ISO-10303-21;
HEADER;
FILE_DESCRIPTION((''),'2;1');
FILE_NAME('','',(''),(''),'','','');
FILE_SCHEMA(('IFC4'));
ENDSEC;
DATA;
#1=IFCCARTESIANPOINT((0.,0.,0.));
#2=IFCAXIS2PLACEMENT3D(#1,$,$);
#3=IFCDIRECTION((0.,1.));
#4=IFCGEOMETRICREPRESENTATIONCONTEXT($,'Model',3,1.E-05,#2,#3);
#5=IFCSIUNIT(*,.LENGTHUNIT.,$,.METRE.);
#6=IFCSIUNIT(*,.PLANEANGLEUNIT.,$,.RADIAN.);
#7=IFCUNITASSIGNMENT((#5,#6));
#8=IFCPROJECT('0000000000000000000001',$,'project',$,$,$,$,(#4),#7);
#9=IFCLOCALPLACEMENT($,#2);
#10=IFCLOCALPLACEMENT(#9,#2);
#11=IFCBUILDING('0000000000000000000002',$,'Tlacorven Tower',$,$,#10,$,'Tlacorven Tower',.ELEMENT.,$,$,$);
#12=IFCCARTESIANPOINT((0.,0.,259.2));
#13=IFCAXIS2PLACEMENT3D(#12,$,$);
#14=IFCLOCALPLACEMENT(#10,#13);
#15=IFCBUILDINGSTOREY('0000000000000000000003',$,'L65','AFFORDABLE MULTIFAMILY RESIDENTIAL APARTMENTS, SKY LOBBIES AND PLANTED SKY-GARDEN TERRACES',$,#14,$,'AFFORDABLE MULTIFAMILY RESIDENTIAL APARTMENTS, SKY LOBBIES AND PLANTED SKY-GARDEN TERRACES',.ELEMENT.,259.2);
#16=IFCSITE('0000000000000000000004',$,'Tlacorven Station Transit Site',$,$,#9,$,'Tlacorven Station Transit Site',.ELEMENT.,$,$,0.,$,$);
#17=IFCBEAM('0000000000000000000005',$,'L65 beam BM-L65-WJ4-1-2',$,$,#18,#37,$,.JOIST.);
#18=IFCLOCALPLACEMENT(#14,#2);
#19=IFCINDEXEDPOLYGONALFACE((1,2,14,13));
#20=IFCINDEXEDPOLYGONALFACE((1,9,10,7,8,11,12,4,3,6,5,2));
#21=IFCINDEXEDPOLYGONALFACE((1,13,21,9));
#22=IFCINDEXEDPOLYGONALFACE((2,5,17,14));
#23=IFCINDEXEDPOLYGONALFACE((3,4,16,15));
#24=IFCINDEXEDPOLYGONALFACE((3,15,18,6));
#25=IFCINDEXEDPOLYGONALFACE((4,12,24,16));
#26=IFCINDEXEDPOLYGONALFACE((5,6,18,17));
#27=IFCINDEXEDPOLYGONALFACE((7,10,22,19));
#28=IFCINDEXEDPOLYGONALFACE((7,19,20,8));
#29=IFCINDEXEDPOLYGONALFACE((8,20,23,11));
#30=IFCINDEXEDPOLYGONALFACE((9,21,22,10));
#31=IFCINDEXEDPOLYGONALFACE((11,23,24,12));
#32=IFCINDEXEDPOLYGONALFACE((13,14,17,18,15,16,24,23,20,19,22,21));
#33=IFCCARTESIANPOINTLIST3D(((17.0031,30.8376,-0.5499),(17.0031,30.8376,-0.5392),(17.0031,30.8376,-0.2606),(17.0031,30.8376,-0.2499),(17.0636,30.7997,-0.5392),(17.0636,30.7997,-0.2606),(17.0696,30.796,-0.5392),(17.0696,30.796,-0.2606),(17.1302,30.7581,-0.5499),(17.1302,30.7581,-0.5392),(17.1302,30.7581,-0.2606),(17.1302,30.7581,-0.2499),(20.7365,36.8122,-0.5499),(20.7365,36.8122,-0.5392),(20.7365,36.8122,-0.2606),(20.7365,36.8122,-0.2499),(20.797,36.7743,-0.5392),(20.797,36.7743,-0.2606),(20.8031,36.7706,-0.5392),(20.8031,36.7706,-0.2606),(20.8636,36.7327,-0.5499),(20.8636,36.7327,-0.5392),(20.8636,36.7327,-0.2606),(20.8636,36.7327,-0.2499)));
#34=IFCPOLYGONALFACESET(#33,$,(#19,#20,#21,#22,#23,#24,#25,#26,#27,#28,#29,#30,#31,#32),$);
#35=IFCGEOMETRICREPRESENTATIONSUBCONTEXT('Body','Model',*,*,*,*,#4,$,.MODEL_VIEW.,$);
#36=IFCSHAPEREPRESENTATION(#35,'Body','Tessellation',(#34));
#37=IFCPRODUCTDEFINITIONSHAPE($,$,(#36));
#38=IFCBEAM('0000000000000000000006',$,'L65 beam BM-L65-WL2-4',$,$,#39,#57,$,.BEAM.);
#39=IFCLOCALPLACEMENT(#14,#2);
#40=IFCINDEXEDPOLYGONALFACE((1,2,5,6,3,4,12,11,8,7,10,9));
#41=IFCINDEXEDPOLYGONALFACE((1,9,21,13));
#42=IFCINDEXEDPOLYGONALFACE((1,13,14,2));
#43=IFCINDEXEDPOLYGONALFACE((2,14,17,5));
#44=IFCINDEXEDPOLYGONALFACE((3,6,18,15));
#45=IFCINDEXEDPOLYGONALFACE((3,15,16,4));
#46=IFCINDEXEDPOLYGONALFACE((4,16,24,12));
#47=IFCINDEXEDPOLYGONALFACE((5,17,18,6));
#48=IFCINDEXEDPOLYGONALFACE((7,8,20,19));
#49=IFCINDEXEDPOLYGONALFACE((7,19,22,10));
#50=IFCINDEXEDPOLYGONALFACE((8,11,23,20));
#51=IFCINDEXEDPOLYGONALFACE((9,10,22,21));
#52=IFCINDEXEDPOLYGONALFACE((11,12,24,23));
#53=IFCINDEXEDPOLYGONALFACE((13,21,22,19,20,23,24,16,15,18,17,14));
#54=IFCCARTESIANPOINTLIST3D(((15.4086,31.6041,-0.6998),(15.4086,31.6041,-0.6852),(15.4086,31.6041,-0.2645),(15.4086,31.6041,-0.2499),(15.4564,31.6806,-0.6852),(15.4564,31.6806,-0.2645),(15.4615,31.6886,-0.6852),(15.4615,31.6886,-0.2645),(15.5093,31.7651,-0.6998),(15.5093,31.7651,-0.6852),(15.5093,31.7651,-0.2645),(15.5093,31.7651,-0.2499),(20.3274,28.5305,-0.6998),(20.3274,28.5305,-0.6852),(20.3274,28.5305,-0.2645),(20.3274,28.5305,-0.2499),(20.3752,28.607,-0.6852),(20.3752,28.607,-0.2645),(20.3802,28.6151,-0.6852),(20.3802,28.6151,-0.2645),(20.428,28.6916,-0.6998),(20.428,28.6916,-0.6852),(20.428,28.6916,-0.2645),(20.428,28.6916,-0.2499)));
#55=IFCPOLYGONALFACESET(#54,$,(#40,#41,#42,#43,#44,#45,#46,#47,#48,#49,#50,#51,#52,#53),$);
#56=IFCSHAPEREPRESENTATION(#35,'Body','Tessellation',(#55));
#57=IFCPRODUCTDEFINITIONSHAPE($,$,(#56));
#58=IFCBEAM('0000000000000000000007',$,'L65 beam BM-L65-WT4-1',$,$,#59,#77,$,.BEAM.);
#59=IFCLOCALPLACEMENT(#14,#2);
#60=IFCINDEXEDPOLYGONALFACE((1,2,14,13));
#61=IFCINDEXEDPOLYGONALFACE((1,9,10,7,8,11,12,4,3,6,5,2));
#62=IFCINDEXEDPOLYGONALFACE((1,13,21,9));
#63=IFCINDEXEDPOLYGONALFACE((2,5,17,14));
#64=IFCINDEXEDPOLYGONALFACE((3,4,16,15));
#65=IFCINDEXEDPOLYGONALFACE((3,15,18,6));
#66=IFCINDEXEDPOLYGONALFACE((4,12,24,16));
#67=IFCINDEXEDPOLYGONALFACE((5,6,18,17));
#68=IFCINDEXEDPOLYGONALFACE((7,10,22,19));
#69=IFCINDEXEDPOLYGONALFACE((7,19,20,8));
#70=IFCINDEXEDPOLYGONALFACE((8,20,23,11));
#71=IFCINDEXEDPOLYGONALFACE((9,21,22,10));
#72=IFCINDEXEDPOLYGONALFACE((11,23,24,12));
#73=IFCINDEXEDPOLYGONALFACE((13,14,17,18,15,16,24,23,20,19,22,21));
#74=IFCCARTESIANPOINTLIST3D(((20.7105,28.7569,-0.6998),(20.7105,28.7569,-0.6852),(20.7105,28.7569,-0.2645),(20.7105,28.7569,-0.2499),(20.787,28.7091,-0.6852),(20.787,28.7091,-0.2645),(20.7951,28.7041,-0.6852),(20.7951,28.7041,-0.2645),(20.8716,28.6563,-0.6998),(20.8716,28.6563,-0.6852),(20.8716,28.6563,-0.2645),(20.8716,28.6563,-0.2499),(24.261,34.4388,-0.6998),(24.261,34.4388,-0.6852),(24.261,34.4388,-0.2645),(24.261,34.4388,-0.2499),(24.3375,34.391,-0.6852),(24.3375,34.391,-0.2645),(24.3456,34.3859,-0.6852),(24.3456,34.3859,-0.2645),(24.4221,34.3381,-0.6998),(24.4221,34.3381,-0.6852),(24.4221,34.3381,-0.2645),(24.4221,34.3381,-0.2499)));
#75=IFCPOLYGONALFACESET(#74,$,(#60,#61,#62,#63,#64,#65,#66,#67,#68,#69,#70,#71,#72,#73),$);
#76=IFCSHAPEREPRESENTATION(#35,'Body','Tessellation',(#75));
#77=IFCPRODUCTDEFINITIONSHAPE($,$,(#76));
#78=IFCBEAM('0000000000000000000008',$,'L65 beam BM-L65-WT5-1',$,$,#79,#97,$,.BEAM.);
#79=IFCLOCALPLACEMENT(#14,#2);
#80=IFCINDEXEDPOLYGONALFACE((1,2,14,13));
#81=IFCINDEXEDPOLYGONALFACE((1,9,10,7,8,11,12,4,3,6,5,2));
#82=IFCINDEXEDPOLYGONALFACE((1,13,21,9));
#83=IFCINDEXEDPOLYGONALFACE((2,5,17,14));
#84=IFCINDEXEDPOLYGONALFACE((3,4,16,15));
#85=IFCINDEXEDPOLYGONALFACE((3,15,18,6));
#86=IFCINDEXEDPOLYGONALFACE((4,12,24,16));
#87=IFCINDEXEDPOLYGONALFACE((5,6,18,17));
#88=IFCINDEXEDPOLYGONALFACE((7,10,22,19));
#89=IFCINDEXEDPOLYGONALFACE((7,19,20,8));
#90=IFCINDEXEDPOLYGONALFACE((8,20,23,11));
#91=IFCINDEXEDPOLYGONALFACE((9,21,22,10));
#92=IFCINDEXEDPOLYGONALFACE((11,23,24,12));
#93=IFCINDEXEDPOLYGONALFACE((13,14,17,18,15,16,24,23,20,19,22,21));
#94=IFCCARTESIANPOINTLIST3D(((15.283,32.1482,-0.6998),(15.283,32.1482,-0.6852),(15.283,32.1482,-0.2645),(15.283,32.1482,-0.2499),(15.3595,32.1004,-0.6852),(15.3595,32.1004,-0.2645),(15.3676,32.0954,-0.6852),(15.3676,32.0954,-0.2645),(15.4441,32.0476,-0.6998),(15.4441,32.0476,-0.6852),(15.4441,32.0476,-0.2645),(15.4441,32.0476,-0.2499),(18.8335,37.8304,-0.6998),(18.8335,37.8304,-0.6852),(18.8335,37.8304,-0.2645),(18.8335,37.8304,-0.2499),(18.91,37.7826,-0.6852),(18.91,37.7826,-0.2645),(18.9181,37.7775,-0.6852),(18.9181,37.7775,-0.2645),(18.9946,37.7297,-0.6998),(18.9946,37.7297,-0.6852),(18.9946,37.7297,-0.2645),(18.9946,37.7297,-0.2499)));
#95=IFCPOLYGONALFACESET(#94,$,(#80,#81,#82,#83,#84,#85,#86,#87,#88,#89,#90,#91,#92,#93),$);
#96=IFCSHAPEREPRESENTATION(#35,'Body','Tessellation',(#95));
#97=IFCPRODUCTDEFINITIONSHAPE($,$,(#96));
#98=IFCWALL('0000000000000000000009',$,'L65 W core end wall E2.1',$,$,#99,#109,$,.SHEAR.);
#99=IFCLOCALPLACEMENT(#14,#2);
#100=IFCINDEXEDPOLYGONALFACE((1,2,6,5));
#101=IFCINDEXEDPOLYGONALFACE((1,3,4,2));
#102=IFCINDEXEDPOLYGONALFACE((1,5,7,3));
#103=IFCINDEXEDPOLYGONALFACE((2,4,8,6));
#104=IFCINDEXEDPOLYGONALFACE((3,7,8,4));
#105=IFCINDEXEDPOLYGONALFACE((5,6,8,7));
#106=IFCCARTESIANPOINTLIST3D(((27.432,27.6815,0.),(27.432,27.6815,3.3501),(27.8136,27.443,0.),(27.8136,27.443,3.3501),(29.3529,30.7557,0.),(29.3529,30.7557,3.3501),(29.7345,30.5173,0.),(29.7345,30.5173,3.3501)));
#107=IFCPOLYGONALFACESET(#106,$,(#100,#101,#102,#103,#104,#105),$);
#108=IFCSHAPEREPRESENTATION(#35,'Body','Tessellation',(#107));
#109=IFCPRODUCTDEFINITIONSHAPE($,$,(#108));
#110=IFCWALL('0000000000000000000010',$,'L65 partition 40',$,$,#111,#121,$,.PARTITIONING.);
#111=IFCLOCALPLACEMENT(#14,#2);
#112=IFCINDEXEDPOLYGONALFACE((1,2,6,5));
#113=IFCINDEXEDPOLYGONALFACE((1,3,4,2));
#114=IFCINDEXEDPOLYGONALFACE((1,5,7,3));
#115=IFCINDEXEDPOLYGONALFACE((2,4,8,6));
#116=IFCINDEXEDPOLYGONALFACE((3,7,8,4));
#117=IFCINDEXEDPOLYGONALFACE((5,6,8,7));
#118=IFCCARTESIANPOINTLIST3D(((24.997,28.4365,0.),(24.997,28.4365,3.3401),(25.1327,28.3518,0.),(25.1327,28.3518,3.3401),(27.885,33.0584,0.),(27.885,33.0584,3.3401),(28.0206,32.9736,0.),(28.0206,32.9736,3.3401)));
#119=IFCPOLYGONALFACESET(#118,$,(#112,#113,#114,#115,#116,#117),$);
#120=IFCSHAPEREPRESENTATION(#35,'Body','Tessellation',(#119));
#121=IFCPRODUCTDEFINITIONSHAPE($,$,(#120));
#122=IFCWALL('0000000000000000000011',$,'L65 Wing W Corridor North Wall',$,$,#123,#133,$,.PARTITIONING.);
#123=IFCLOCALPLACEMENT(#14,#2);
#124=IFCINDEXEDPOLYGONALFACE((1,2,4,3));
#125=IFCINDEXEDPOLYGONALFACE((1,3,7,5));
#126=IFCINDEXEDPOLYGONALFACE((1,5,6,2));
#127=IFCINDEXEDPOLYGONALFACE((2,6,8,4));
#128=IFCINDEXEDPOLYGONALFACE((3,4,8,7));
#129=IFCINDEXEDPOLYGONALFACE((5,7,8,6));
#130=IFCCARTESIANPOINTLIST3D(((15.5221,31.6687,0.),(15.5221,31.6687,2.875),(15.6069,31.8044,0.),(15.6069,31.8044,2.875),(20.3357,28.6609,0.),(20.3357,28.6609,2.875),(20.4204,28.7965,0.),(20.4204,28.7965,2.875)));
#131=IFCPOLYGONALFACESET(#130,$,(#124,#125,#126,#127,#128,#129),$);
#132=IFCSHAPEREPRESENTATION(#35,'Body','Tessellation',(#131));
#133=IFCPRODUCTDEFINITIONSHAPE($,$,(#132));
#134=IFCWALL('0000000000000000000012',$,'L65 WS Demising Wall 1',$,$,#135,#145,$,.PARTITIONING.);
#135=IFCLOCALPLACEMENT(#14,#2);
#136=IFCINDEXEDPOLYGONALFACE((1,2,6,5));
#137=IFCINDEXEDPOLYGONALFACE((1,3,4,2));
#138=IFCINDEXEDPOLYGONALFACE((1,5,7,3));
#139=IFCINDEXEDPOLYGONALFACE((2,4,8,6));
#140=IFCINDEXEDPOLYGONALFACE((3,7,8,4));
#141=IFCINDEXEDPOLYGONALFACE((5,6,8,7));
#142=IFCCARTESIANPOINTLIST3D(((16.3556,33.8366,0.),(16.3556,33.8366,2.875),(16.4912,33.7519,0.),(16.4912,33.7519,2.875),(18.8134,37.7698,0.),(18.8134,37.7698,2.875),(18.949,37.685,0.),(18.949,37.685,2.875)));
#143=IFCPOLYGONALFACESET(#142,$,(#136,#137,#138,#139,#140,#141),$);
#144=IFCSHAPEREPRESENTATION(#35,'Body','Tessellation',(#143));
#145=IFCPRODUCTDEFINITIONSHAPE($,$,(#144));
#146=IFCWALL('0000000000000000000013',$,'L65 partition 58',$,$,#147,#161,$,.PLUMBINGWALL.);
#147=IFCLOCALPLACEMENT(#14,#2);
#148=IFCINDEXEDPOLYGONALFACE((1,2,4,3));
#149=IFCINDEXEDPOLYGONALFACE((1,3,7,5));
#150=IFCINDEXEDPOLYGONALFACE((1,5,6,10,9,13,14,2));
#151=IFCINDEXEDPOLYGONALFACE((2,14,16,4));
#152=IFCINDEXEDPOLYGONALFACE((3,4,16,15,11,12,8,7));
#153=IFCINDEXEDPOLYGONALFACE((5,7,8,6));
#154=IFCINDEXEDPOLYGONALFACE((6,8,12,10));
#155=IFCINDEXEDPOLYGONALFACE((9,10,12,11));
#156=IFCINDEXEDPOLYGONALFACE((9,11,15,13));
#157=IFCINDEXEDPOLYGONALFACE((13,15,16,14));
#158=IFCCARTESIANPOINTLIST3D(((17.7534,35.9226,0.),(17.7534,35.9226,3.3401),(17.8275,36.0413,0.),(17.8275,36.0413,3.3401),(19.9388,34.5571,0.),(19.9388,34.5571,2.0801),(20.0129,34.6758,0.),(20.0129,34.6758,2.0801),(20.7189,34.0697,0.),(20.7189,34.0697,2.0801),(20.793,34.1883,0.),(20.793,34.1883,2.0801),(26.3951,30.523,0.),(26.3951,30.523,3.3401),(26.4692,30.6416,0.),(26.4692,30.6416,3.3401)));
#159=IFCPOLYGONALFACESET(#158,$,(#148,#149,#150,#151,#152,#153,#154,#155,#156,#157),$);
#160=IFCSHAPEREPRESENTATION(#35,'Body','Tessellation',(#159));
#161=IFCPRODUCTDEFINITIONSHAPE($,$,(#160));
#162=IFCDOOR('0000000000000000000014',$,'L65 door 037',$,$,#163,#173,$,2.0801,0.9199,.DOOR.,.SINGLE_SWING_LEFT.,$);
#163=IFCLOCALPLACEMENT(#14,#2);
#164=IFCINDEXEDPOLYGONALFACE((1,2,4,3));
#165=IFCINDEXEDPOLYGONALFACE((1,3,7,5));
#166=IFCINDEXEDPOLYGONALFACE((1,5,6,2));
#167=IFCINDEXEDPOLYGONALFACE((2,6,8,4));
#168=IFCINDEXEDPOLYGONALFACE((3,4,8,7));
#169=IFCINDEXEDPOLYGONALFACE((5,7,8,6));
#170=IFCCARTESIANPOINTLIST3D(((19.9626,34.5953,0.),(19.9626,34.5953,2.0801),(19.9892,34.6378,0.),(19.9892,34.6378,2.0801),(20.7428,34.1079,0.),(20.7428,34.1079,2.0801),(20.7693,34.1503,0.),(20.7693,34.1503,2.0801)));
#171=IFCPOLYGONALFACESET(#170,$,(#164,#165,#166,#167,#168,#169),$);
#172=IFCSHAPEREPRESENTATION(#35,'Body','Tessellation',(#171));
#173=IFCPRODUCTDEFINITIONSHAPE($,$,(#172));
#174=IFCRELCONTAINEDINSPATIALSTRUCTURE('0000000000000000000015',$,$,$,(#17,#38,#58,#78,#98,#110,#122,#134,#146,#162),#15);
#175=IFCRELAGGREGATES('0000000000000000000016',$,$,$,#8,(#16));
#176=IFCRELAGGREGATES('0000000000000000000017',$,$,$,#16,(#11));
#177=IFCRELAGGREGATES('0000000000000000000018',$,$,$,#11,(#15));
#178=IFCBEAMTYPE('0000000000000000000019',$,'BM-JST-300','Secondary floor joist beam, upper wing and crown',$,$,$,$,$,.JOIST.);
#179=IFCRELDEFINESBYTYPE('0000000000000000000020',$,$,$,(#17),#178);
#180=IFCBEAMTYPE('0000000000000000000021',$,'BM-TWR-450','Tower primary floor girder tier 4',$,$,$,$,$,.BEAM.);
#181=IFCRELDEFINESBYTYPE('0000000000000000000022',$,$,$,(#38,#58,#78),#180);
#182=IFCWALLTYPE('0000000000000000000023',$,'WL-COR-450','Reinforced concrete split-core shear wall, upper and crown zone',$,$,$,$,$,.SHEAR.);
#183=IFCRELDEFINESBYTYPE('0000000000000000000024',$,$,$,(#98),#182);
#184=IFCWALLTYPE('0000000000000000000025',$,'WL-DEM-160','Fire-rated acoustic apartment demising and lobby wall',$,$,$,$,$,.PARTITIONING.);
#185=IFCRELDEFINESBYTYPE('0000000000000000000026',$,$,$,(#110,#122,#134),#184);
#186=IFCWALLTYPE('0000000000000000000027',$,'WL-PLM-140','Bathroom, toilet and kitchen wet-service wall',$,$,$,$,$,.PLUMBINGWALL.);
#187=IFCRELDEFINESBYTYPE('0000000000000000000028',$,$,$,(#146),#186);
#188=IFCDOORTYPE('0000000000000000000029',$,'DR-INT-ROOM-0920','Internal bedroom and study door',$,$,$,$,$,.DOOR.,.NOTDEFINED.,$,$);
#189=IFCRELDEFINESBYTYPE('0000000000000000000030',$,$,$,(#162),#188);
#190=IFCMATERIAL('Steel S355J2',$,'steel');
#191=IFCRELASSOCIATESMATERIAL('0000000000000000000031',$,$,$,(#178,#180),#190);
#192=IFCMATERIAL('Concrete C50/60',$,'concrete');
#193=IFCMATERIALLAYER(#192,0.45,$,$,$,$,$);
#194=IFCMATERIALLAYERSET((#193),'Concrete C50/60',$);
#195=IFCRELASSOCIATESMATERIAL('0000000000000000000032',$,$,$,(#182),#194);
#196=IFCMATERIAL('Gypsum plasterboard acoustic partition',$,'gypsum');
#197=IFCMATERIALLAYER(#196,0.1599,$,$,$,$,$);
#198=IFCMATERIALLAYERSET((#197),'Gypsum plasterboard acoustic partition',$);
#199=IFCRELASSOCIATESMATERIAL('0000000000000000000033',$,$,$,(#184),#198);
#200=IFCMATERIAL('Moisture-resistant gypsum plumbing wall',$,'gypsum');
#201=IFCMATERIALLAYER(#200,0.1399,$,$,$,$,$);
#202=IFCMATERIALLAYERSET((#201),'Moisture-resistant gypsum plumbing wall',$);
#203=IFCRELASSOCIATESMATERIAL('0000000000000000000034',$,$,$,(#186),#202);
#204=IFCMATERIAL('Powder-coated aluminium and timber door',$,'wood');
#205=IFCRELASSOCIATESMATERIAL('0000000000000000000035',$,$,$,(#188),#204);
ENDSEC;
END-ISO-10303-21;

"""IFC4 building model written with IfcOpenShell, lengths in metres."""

from ifc_helpers import new_model, si_unit, direction, frame, frame_2d, origin, origin_2d, place, context, subcontext, project, spatial, rectangle, i_section, extrude, source, transform, mapped, material, layer, layer_set, material_profile, profile_set, type_object, element, fill, save


model = new_model("IFC4")

# Units and contexts
model_context = context("Model", 3, precision=1e-05, world=origin(), true_north=direction((0.0, 1.0)))
body_context = subcontext(model_context, "Body", "Model", "MODEL_VIEW")
ifc_project = project(units=[si_unit("LENGTHUNIT", "METRE"), si_unit("PLANEANGLEUNIT", "RADIAN")], contexts=[model_context])

# Site, building, storey
site_placement = place(None, origin())
site = spatial("IfcSite", under=ifc_project, at=site_placement, Name="Tlacorven Station Transit Site", LongName="Tlacorven Station Transit Site", CompositionType="ELEMENT", RefElevation=0.0)
building_placement = place(site_placement, origin())
building = spatial("IfcBuilding", under=site, at=building_placement, Name="Tlacorven Tower", LongName="Tlacorven Tower", CompositionType="ELEMENT")
storey_placement = place(building_placement, frame((0.0, 0.0, 259.2)))
storey = spatial("IfcBuildingStorey", under=building, at=storey_placement, Name="L65", Description="AFFORDABLE MULTIFAMILY RESIDENTIAL APARTMENTS, SKY LOBBIES AND PLANTED SKY-GARDEN TERRACES", LongName="AFFORDABLE MULTIFAMILY RESIDENTIAL APARTMENTS, SKY LOBBIES AND PLANTED SKY-GARDEN TERRACES", CompositionType="ELEMENT", Elevation=259.2)

# Beams
ifc_material_1 = material(Name="Steel S355J2", Category="steel")
ifc_material_profile_1 = material_profile(ifc_material_1, i_section(OverallWidth=0.1499, OverallDepth=0.3, WebThickness=0.0071, FlangeThickness=0.0107, at=origin_2d()), Name="IPE 300")
ifc_profile_set_1 = profile_set([ifc_material_profile_1], Name="Steel S355J2")
beam_type_1 = type_object("IfcBeamType", Name="BM-JST-300", Description="Secondary floor joist beam, upper wing and crown", PredefinedType="JOIST", material=ifc_profile_set_1)
shared_shape_1 = source(origin(), body_context, "Body", "SweptSolid", [
    extrude(i_section(OverallWidth=0.1499, OverallDepth=0.3, WebThickness=0.0071, FlangeThickness=0.0107, at=origin_2d()), origin(), (0.0, 0.0, 1.0), 7.0452),
])
beam_1_placement = place(storey_placement, frame((20.8, 36.7725, -0.3999), z_axis=(-0.529924, -0.848045, 0.0), x_axis=(0.848045, -0.529924, 0.0)))
element("IfcBeam", 1, at=beam_1_placement, inside=storey, type_object=beam_type_1, Name="L65 beam BM-L65-WJ4-1-2", PredefinedType="JOIST", context=body_context, shape_type="MappedRepresentation", body=[
    mapped(shared_shape_1, transform((0.0, 0.0, 0.0), scale=1.0)),
])
ifc_material_profile_2 = material_profile(ifc_material_1, i_section(OverallWidth=0.1899, OverallDepth=0.45, WebThickness=0.0095, FlangeThickness=0.0146, at=origin_2d()), Name="IPE 450")
ifc_profile_set_2 = profile_set([ifc_material_profile_2], Name="Steel S355J2")
beam_type_2 = type_object("IfcBeamType", Name="BM-TWR-450", Description="Tower primary floor girder tier 4", PredefinedType="BEAM", material=ifc_profile_set_2)
shared_shape_2 = source(origin(), body_context, "Body", "SweptSolid", [
    extrude(i_section(OverallWidth=0.1899, OverallDepth=0.45, WebThickness=0.0095, FlangeThickness=0.0146, at=origin_2d()), origin(), (0.0, 0.0, 1.0), 5.8),
])
beam_2_placement = place(storey_placement, frame((20.3777, 28.6111, -0.4749), z_axis=(-0.848053, 0.529912, 0.0), x_axis=(-0.529912, -0.848053, 0.0)))
element("IfcBeam", 2, at=beam_2_placement, inside=storey, type_object=beam_type_2, Name="L65 beam BM-L65-WL2-4", PredefinedType="BEAM", context=body_context, shape_type="MappedRepresentation", body=[
    mapped(shared_shape_2, transform((0.0, 0.0, 0.0), scale=1.0)),
])
shared_shape_3 = source(origin(), body_context, "Body", "SweptSolid", [
    extrude(i_section(OverallWidth=0.1899, OverallDepth=0.45, WebThickness=0.0095, FlangeThickness=0.0146, at=origin_2d()), origin(), (0.0, 0.0, 1.0), 6.7),
])
beam_3_placement = place(storey_placement, frame((24.3416, 34.3884, -0.4749), z_axis=(-0.52993, -0.848041, 0.0), x_axis=(0.848041, -0.52993, 0.0)))
element("IfcBeam", 3, at=beam_3_placement, inside=storey, type_object=beam_type_2, Name="L65 beam BM-L65-WT4-1", PredefinedType="BEAM", context=body_context, shape_type="MappedRepresentation", body=[
    mapped(shared_shape_3, transform((0.0, 0.0, 0.0), scale=1.0)),
])
shared_shape_4 = source(origin(), body_context, "Body", "SweptSolid", [
    extrude(i_section(OverallWidth=0.1899, OverallDepth=0.45, WebThickness=0.0095, FlangeThickness=0.0146, at=origin_2d()), origin(), (0.0, 0.0, 1.0), 6.7002),
])
beam_4_placement = place(storey_placement, frame((18.9141, 37.78, -0.4749), z_axis=(-0.529914, -0.848052, 0.0), x_axis=(0.848052, -0.529914, 0.0)))
element("IfcBeam", 4, at=beam_4_placement, inside=storey, type_object=beam_type_2, Name="L65 beam BM-L65-WT5-1", PredefinedType="BEAM", context=body_context, shape_type="MappedRepresentation", body=[
    mapped(shared_shape_4, transform((0.0, 0.0, 0.0), scale=1.0)),
])

# Walls
ifc_material_2 = material(Name="Concrete C50/60", Category="concrete")
ifc_layer_1 = layer(ifc_material_2, 0.45)
ifc_layer_set_1 = layer_set([ifc_layer_1], Name="Concrete C50/60")
wall_type_1 = type_object("IfcWallType", Name="WL-COR-450", Description="Reinforced concrete split-core shear wall, upper and crown zone", PredefinedType="SHEAR", material=ifc_layer_set_1)
wall_1_placement = place(storey_placement, frame((29.5437, 30.6365, 0.0), z_axis=(0.0, 0.0, 1.0), x_axis=(-0.529902, -0.848059, 0.0)))
element("IfcWall", 5, at=wall_1_placement, inside=storey, type_object=wall_type_1, Name="L65 W core end wall E2.1", PredefinedType="SHEAR", context=body_context, shape_type="SweptSolid", body=[
    extrude(rectangle(XDim=3.625, YDim=0.45, at=frame_2d((1.8125, 0.0))), origin(), (0.0, 0.0, 1.0), 3.3501),
])
ifc_material_3 = material(Name="Gypsum plasterboard acoustic partition", Category="gypsum")
ifc_layer_2 = layer(ifc_material_3, 0.1599)
ifc_layer_set_2 = layer_set([ifc_layer_2], Name="Gypsum plasterboard acoustic partition")
wall_type_2 = type_object("IfcWallType", Name="WL-DEM-160", Description="Fire-rated acoustic apartment demising and lobby wall", PredefinedType="PARTITIONING", material=ifc_layer_set_2)
wall_2_placement = place(storey_placement, frame((27.9529, 33.0161, 0.0), z_axis=(0.0, 0.0, 1.0), x_axis=(-0.529906, -0.848056, 0.0)))
element("IfcWall", 6, at=wall_2_placement, inside=storey, type_object=wall_type_2, Name="L65 partition 40", PredefinedType="PARTITIONING", context=body_context, shape_type="SweptSolid", body=[
    extrude(rectangle(XDim=5.45, YDim=0.1599, at=frame_2d((2.7251, 0.0))), origin(), (0.0, 0.0, 1.0), 3.3401),
])
wall_3_placement = place(storey_placement, frame((20.3779, 28.7288, 0.0), z_axis=(0.0, 0.0, 1.0), x_axis=(-0.848047, 0.529922, 0.0)))
element("IfcWall", 7, at=wall_3_placement, inside=storey, type_object=wall_type_2, Name="L65 Wing W Corridor North Wall", PredefinedType="PARTITIONING", context=body_context, shape_type="SweptSolid", body=[
    extrude(rectangle(XDim=5.676, YDim=0.1599, at=frame_2d((2.8379, 0.0))), origin(), (0.0, 0.0, 1.0), 2.875),
])
wall_4_placement = place(storey_placement, frame((18.8811, 37.7273, 0.0), z_axis=(0.0, 0.0, 1.0), x_axis=(-0.529933, -0.84804, 0.0)))
element("IfcWall", 8, at=wall_4_placement, inside=storey, type_object=wall_type_2, Name="L65 WS Demising Wall 1", PredefinedType="PARTITIONING", context=body_context, shape_type="SweptSolid", body=[
    extrude(rectangle(XDim=4.6379, YDim=0.1599, at=frame_2d((2.3188, 0.0))), origin(), (0.0, 0.0, 1.0), 2.875),
])

# Wall, opening, door
ifc_material_4 = material(Name="Moisture-resistant gypsum plumbing wall", Category="gypsum")
ifc_layer_3 = layer(ifc_material_4, 0.1399)
ifc_layer_set_3 = layer_set([ifc_layer_3], Name="Moisture-resistant gypsum plumbing wall")
wall_type_3 = type_object("IfcWallType", Name="WL-PLM-140", Description="Bathroom, toilet and kitchen wet-service wall", PredefinedType="PLUMBINGWALL", material=ifc_layer_set_3)
wall_5_placement = place(storey_placement, frame((26.4321, 30.5823, 0.0), z_axis=(0.0, 0.0, 1.0), x_axis=(-0.848058, 0.529904, 0.0)))
wall_5 = element("IfcWall", 9, at=wall_5_placement, inside=storey, type_object=wall_type_3, Name="L65 partition 58", PredefinedType="PLUMBINGWALL", context=body_context, shape_type="SweptSolid", body=[
    extrude(rectangle(XDim=10.1899, YDim=0.1399, at=frame_2d((5.095, 0.0))), origin(), (0.0, 0.0, 1.0), 3.3401),
])
opening_1_placement = place(wall_5_placement, frame((6.6931, 0.0, 0.0)))
opening_1 = element("IfcOpeningElement", 10, at=opening_1_placement, cuts=wall_5, PredefinedType="OPENING", context=body_context, shape_type="SweptSolid", body=[
    extrude(rectangle(XDim=0.9199, YDim=2.0801, at=frame_2d((0.46, 1.04))), frame((0.0, 0.0801, 0.0), z_axis=(0.0, -1.0, 0.0), x_axis=(1.0, 0.0, 0.0)), (0.0, 0.0, 1.0), 0.1599),
])
ifc_material_5 = material(Name="Powder-coated aluminium and timber door", Category="wood")
door_type_1 = type_object("IfcDoorType", Name="DR-INT-ROOM-0920", Description="Internal bedroom and study door", OperationType="NOTDEFINED", PredefinedType="DOOR", material=ifc_material_5)
shared_shape_5 = source(origin(), body_context, "Body", "SweptSolid", [
    extrude(rectangle(XDim=0.9199, YDim=2.0801, at=frame_2d((0.46, 1.04))), frame((0.0, 0.0249, 0.0), z_axis=(0.0, -1.0, 0.0), x_axis=(1.0, 0.0, 0.0)), (0.0, 0.0, 1.0), 0.05),
])
door_1_placement = place(opening_1_placement, origin())
door_1 = element("IfcDoor", 11, at=door_1_placement, inside=storey, type_object=door_type_1, Name="L65 door 037", OperationType="SINGLE_SWING_LEFT", OverallHeight=2.0801, OverallWidth=0.9199, PredefinedType="DOOR", context=body_context, shape_type="MappedRepresentation", body=[
    mapped(shared_shape_5, transform((0.0, 0.0, 0.0), scale=1.0)),
])
fill(opening_1, door_1)

save(model, "model.ifc")
